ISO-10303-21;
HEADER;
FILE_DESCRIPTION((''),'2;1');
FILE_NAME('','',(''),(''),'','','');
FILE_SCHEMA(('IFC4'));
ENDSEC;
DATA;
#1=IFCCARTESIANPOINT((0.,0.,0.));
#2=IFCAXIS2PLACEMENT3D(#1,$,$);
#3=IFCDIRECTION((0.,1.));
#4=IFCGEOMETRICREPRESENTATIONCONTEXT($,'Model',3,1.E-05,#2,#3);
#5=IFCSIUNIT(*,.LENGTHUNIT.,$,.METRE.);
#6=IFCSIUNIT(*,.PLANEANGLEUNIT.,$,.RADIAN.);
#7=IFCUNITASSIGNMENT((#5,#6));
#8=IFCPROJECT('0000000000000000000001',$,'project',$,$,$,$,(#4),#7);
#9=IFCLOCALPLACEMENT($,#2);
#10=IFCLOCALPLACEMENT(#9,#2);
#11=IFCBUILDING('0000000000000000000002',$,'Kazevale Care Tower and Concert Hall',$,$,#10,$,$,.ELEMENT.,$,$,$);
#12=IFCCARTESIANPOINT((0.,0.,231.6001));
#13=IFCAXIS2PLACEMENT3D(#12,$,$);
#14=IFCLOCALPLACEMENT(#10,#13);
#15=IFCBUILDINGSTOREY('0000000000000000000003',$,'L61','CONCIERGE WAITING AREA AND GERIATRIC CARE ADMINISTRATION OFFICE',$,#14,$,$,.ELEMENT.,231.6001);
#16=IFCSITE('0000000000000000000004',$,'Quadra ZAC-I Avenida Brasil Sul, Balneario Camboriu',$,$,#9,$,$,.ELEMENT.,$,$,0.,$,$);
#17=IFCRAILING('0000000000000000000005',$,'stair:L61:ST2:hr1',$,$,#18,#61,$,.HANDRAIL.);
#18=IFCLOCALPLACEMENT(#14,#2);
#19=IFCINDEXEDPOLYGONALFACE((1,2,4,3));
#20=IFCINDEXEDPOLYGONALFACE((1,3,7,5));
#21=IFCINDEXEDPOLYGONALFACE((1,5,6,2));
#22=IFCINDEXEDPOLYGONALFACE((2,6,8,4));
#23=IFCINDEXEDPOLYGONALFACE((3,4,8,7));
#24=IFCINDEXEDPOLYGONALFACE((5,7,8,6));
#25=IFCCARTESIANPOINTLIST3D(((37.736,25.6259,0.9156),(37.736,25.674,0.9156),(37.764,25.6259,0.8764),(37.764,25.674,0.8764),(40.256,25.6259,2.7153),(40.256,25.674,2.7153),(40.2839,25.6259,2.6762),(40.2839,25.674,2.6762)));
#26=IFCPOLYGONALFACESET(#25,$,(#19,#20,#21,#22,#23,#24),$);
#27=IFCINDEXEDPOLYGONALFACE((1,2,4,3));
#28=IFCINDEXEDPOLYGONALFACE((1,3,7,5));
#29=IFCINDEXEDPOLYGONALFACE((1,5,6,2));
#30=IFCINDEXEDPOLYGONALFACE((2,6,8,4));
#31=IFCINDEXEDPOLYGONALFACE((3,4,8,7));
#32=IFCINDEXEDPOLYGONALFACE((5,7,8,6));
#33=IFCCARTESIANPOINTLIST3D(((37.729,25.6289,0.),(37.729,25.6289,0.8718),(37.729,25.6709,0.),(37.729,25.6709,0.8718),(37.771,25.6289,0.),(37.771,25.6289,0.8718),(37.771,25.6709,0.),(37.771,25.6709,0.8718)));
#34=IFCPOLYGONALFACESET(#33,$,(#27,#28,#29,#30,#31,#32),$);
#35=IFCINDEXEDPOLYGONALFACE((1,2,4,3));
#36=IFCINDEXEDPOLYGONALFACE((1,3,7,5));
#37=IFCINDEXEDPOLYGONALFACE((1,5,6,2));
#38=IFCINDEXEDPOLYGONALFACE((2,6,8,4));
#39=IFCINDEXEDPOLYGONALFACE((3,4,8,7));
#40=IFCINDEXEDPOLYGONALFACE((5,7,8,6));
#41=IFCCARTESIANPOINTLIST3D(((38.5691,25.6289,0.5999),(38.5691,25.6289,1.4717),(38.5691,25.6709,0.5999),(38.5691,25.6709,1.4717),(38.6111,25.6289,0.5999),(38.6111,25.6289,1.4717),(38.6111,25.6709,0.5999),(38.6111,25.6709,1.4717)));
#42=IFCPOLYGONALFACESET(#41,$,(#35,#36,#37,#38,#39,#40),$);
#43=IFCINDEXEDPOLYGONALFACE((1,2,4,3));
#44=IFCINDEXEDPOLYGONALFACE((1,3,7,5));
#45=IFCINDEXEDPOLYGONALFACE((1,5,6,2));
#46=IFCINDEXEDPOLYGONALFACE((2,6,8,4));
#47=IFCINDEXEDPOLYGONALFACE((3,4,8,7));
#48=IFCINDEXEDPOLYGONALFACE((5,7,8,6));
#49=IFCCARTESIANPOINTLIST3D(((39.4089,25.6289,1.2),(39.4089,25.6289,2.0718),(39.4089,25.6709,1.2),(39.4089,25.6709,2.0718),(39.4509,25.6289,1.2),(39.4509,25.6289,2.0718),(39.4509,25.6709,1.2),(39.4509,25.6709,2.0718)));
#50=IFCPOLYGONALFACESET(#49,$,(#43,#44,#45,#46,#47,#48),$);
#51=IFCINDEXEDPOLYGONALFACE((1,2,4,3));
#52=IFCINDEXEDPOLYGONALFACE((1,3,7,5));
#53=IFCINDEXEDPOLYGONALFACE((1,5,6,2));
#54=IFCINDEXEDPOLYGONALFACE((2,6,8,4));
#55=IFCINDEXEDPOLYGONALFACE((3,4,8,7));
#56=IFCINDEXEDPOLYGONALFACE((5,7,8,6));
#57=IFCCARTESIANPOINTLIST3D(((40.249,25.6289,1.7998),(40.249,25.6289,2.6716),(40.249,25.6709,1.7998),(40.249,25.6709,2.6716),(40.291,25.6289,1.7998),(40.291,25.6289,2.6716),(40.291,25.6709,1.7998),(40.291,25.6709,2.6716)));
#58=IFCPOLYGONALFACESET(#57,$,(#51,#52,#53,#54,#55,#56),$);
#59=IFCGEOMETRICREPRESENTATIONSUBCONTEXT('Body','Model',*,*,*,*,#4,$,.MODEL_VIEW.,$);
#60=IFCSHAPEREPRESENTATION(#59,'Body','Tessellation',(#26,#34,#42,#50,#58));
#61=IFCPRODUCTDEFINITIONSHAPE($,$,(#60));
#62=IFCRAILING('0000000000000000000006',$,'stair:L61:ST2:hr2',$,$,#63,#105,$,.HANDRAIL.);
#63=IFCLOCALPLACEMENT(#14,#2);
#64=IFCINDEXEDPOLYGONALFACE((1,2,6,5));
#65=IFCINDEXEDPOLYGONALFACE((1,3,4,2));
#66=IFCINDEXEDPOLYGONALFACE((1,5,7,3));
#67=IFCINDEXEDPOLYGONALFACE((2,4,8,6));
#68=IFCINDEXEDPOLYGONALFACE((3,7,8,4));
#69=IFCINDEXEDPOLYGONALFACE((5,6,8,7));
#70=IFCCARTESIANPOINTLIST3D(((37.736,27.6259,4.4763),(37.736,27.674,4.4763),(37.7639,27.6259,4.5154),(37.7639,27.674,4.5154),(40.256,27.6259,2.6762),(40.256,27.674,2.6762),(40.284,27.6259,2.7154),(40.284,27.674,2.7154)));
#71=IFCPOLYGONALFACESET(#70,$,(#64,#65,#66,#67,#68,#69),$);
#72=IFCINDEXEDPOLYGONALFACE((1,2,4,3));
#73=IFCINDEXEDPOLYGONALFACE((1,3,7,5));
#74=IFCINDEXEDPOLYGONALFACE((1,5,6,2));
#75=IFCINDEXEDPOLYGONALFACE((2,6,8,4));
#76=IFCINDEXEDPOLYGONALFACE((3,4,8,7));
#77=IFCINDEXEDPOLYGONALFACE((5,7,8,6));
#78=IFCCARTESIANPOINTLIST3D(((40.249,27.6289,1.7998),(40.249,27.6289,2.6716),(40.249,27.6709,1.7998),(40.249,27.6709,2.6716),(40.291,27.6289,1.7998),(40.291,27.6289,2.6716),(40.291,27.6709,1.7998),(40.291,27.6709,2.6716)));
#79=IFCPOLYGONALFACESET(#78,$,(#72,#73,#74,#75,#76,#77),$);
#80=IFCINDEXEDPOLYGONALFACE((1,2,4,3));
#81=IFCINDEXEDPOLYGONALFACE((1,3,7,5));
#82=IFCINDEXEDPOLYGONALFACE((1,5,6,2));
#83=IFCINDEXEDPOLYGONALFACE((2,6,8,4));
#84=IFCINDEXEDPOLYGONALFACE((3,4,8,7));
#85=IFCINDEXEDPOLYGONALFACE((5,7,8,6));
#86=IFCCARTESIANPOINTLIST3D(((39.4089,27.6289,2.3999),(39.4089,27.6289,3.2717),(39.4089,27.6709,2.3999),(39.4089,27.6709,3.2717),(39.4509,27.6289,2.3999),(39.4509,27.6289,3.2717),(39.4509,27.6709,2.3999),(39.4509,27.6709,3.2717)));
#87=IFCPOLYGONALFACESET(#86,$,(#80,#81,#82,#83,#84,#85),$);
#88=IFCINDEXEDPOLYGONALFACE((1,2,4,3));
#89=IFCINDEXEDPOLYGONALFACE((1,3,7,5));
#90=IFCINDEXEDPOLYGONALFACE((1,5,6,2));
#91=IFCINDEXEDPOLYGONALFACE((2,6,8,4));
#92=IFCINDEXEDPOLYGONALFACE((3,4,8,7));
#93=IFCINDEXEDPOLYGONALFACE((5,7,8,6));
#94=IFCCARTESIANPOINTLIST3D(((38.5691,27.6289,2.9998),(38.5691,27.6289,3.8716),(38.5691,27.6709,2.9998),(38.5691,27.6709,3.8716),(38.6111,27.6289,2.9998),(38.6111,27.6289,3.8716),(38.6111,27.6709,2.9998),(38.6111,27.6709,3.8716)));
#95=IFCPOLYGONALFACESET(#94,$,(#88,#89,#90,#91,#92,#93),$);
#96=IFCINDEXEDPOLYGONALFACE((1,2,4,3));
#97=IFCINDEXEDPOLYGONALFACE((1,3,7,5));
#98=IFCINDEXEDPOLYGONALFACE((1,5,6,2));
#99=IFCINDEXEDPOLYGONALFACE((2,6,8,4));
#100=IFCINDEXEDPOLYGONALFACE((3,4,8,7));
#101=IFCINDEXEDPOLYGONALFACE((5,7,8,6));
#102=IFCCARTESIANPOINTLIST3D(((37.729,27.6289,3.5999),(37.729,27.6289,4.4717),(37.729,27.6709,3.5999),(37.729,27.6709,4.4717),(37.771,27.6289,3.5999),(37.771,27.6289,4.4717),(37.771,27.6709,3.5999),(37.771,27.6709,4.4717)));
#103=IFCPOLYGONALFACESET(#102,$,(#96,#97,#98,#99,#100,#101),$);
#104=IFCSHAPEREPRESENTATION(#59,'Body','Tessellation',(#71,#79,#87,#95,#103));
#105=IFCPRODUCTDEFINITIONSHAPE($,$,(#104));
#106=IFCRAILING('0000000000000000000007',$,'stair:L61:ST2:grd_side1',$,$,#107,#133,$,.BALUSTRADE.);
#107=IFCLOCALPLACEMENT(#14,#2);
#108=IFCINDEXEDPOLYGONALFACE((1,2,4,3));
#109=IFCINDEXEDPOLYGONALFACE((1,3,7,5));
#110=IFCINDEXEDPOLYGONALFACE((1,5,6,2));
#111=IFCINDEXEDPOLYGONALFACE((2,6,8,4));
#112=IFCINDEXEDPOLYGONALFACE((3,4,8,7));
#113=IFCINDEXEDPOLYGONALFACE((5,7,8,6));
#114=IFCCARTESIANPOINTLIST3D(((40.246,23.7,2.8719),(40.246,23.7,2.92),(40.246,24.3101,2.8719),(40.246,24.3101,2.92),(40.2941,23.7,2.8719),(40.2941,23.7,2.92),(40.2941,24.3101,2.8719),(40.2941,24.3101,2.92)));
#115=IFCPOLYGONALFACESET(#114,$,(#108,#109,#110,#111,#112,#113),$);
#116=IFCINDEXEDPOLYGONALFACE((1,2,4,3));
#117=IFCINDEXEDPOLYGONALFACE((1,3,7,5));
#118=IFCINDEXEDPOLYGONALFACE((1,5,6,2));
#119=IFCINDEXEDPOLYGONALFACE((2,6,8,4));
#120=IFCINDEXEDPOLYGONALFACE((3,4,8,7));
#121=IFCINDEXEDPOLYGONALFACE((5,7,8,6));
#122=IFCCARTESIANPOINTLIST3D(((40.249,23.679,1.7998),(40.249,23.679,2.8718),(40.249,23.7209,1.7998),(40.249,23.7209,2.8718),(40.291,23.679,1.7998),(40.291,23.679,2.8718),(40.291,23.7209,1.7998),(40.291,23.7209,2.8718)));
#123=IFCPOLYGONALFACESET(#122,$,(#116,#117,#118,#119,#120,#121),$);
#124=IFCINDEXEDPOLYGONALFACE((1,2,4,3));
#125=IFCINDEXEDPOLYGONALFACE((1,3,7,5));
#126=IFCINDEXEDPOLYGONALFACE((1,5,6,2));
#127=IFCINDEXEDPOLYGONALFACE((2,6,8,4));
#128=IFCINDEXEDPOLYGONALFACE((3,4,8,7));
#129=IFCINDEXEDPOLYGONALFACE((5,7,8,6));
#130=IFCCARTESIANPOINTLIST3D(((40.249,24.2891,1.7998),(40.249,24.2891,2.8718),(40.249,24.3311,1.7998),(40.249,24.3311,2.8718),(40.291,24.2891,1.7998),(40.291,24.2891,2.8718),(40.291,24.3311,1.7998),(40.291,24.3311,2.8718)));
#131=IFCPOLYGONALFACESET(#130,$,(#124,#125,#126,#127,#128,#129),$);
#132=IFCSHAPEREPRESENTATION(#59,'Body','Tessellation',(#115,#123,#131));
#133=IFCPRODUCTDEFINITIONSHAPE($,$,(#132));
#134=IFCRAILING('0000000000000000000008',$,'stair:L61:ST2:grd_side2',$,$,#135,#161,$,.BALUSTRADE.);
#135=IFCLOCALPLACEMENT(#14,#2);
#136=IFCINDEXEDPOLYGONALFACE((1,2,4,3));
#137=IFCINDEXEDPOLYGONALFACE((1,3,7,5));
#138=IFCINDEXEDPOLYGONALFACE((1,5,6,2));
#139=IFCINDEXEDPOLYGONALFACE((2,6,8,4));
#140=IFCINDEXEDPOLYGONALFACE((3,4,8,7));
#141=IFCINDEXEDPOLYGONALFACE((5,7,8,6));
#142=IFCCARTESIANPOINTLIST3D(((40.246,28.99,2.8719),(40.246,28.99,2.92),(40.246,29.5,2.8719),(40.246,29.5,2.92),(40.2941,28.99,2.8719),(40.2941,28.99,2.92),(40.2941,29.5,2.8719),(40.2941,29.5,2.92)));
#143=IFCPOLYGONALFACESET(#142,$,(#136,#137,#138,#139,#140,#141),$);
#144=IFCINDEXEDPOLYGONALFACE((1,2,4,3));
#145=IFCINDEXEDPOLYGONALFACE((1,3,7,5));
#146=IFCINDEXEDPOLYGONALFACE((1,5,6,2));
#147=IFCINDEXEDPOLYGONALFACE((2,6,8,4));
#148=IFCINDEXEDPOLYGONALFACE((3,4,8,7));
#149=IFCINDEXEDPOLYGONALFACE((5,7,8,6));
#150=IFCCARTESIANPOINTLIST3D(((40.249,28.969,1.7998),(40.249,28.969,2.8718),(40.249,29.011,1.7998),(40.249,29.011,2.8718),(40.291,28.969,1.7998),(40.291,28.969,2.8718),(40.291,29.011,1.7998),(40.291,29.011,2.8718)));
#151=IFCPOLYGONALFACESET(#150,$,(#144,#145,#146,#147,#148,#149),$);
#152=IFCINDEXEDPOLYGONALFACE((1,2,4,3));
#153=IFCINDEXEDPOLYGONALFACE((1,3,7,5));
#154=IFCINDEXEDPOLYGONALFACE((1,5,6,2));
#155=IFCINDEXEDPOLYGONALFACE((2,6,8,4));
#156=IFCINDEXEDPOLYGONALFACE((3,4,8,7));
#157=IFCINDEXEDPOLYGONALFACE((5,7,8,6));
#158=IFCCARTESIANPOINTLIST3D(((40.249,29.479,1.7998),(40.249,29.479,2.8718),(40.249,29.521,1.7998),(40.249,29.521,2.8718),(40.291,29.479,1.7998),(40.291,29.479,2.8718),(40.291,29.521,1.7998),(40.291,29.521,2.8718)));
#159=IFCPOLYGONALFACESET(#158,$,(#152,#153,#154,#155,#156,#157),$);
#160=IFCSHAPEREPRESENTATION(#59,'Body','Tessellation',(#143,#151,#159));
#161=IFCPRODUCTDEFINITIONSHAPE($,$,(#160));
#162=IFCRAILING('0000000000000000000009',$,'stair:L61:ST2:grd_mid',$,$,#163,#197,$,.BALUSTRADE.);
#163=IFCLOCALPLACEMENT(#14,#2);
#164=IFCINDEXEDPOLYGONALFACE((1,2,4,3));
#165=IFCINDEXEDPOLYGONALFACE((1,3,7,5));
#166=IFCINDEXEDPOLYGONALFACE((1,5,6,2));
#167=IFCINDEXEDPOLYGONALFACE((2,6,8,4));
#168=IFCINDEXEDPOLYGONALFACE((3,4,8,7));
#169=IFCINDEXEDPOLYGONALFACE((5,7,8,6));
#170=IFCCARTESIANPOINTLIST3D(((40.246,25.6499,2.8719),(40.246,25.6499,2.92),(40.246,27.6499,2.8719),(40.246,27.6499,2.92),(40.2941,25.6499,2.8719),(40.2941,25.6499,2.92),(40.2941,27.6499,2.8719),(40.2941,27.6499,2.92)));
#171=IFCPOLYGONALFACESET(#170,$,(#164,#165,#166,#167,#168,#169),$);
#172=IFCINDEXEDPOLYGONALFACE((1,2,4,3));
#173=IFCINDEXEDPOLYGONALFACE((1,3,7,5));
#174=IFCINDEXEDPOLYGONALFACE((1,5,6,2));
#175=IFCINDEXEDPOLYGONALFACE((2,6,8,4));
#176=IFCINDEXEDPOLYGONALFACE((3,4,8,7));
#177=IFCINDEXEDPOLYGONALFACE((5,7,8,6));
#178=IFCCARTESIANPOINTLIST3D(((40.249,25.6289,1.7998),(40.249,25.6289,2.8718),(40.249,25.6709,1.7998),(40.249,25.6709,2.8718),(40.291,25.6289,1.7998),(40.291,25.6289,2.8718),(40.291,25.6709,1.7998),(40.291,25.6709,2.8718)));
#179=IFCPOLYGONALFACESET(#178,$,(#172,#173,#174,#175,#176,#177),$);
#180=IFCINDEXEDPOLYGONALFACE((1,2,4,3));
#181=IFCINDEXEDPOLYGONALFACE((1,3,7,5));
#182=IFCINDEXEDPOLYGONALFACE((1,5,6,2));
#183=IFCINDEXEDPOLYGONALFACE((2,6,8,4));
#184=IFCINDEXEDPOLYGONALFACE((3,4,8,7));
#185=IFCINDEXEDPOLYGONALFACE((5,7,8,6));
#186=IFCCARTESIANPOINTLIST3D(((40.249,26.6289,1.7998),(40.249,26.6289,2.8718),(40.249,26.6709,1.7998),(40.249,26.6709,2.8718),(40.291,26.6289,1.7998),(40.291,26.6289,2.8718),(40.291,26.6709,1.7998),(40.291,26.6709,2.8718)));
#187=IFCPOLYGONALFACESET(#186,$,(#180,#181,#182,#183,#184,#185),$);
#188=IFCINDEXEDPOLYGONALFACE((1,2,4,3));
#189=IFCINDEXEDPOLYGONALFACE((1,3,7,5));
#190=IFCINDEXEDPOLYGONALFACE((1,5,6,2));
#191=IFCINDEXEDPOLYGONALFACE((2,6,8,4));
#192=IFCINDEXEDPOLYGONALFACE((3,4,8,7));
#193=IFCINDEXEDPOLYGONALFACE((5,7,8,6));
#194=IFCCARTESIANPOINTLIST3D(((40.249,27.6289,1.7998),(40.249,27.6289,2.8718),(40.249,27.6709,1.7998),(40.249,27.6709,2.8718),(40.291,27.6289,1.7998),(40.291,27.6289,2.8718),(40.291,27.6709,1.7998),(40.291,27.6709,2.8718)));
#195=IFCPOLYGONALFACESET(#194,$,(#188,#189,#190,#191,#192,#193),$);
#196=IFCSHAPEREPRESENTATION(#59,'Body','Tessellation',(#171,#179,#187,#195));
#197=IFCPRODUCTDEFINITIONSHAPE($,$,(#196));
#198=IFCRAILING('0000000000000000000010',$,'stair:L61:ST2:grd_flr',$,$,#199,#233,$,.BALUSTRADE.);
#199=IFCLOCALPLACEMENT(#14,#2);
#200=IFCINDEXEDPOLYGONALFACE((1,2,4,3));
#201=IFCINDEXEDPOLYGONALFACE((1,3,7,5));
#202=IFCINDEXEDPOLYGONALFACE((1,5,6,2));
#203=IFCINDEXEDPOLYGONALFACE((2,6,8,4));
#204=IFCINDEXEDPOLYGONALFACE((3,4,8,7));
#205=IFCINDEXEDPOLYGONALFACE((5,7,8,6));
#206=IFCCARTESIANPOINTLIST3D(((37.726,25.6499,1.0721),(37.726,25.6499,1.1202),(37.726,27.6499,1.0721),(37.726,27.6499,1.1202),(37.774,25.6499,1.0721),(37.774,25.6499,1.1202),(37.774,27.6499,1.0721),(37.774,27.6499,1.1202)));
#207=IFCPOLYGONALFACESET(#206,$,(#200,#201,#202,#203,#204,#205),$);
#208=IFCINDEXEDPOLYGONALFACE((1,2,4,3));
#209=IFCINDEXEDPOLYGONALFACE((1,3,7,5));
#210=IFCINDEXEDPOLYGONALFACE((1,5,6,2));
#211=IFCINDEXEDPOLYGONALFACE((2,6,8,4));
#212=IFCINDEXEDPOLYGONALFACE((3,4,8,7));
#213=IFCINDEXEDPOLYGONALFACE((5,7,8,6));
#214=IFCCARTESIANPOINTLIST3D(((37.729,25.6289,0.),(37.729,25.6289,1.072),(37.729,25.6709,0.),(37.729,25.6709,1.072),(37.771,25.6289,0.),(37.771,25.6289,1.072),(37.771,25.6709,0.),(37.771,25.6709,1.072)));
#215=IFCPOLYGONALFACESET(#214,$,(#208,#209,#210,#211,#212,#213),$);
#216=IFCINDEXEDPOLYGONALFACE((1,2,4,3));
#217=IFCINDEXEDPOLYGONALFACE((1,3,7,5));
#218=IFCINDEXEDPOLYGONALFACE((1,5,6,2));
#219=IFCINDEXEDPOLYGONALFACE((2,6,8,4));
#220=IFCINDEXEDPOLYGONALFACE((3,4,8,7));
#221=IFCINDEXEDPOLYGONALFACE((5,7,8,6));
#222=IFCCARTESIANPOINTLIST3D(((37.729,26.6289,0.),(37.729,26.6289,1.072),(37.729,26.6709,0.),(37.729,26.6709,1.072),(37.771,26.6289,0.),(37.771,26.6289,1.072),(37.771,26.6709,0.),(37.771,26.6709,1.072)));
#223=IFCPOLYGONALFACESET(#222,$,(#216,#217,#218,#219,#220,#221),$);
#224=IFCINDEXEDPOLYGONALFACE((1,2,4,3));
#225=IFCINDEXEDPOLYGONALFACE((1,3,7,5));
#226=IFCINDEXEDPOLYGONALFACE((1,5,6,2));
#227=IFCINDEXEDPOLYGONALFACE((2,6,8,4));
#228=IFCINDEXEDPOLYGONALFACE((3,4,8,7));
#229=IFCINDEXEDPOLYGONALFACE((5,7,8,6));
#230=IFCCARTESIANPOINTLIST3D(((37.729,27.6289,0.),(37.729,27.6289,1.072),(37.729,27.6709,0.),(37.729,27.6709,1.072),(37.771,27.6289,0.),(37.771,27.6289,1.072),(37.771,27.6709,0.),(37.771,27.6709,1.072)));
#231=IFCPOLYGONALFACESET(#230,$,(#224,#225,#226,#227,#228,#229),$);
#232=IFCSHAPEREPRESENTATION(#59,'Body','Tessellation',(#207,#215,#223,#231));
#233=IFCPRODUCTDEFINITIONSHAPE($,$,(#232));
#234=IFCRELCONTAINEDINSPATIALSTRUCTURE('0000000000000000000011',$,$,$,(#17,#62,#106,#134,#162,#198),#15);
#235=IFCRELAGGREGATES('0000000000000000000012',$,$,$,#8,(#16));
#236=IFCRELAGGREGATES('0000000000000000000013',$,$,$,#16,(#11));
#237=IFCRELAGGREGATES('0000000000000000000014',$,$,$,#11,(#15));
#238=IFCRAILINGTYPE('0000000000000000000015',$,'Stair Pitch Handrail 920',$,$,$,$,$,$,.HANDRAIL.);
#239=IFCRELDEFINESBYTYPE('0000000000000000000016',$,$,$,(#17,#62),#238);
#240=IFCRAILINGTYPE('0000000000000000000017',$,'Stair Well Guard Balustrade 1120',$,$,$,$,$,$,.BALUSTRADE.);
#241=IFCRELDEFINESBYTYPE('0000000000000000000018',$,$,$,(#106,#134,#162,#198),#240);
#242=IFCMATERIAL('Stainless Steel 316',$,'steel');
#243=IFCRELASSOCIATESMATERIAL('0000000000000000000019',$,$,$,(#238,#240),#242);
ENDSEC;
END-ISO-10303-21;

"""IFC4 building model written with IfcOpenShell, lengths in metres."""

from ifc_helpers import new_model, si_unit, direction, frame, origin, origin_2d, place, context, subcontext, project, spatial, rectangle, extrude, material, type_object, element, save


model = new_model("IFC4")

# Units and contexts
model_context = context("Model", 3, precision=1e-05, world=origin(), true_north=direction((0.0, 1.0)))
body_context = subcontext(model_context, "Body", "Model", "MODEL_VIEW")
ifc_project = project(units=[si_unit("LENGTHUNIT", "METRE"), si_unit("PLANEANGLEUNIT", "RADIAN")], contexts=[model_context])

# Site, building, storey
site_placement = place(None, origin())
site = spatial("IfcSite", under=ifc_project, at=site_placement, Name="Quadra ZAC-I Avenida Brasil Sul, Balneario Camboriu", CompositionType="ELEMENT", RefElevation=0.0)
building_placement = place(site_placement, origin())
building = spatial("IfcBuilding", under=site, at=building_placement, Name="Kazevale Care Tower and Concert Hall", CompositionType="ELEMENT")
storey_placement = place(building_placement, frame((0.0, 0.0, 231.6001)))
storey = spatial("IfcBuildingStorey", under=building, at=storey_placement, Name="L61", Description="CONCIERGE WAITING AREA AND GERIATRIC CARE ADMINISTRATION OFFICE", CompositionType="ELEMENT", Elevation=231.6001)

# Railings
ifc_material_1 = material(Name="Stainless Steel 316", Category="steel")
railing_type_1 = type_object("IfcRailingType", Name="Stair Pitch Handrail 920", PredefinedType="HANDRAIL", material=ifc_material_1)
railing_1_placement = place(storey_placement, frame((37.75, 25.6499, 0.0)))
element("IfcRailing", 1, at=railing_1_placement, inside=storey, type_object=railing_type_1, Name="stair:L61:ST2:hr1", PredefinedType="HANDRAIL", context=body_context, shape_type="SweptSolid", body=[
    extrude(rectangle(XDim=0.0481, YDim=0.0481, at=origin_2d()), frame((0.0, 0.0, 0.896), z_axis=(0.813765, 0.0, 0.581193), x_axis=(0.0, 1.0, 0.0)), (0.0, 0.0, 1.0), 3.0967),
    extrude(rectangle(XDim=0.042, YDim=0.042, at=origin_2d()), origin(), (0.0, 0.0, 1.0), 0.8718),
    extrude(rectangle(XDim=0.042, YDim=0.042, at=origin_2d()), frame((0.8401, 0.0, 0.5999)), (0.0, 0.0, 1.0), 0.8718),
    extrude(rectangle(XDim=0.042, YDim=0.042, at=origin_2d()), frame((1.6799, 0.0, 1.2)), (0.0, 0.0, 1.0), 0.8718),
    extrude(rectangle(XDim=0.042, YDim=0.042, at=origin_2d()), frame((2.52, 0.0, 1.7998)), (0.0, 0.0, 1.0), 0.8718),
])
railing_2_placement = place(storey_placement, frame((40.27, 27.6499, 1.7998)))
element("IfcRailing", 2, at=railing_2_placement, inside=storey, type_object=railing_type_1, Name="stair:L61:ST2:hr2", PredefinedType="HANDRAIL", context=body_context, shape_type="SweptSolid", body=[
    extrude(rectangle(XDim=0.0481, YDim=0.0481, at=origin_2d()), frame((0.0, 0.0, 0.896), z_axis=(-0.813728, 0.0, 0.581246), x_axis=(0.0, -1.0, 0.0)), (0.0, 0.0, 1.0), 3.0969),
    extrude(rectangle(XDim=0.042, YDim=0.042, at=origin_2d()), origin(), (0.0, 0.0, 1.0), 0.8718),
    extrude(rectangle(XDim=0.042, YDim=0.042, at=origin_2d()), frame((-0.8401, 0.0, 0.6001)), (0.0, 0.0, 1.0), 0.8718),
    extrude(rectangle(XDim=0.042, YDim=0.042, at=origin_2d()), frame((-1.6799, 0.0, 1.2)), (0.0, 0.0, 1.0), 0.8718),
    extrude(rectangle(XDim=0.042, YDim=0.042, at=origin_2d()), frame((-2.52, 0.0, 1.8)), (0.0, 0.0, 1.0), 0.8718),
])
railing_type_2 = type_object("IfcRailingType", Name="Stair Well Guard Balustrade 1120", PredefinedType="BALUSTRADE", material=ifc_material_1)
railing_3_placement = place(storey_placement, frame((40.27, 23.7, 1.7998)))
element("IfcRailing", 3, at=railing_3_placement, inside=storey, type_object=railing_type_2, Name="stair:L61:ST2:grd_side1", PredefinedType="BALUSTRADE", context=body_context, shape_type="SweptSolid", body=[
    extrude(rectangle(XDim=0.0481, YDim=0.0481, at=origin_2d()), frame((0.0, 0.0, 1.0962), z_axis=(0.0, 1.0, 0.0), x_axis=(-1.0, 0.0, 0.0)), (0.0, 0.0, 1.0), 0.6101),
    extrude(rectangle(XDim=0.042, YDim=0.042, at=origin_2d()), origin(), (0.0, 0.0, 1.0), 1.072),
    extrude(rectangle(XDim=0.042, YDim=0.042, at=origin_2d()), frame((0.0, 0.6101, 0.0)), (0.0, 0.0, 1.0), 1.072),
])
railing_4_placement = place(storey_placement, frame((40.27, 28.99, 1.7998)))
element("IfcRailing", 4, at=railing_4_placement, inside=storey, type_object=railing_type_2, Name="stair:L61:ST2:grd_side2", PredefinedType="BALUSTRADE", context=body_context, shape_type="SweptSolid", body=[
    extrude(rectangle(XDim=0.0481, YDim=0.0481, at=origin_2d()), frame((0.0, 0.0, 1.0962), z_axis=(0.0, 1.0, 0.0), x_axis=(-1.0, 0.0, 0.0)), (0.0, 0.0, 1.0), 0.51),
    extrude(rectangle(XDim=0.042, YDim=0.042, at=origin_2d()), origin(), (0.0, 0.0, 1.0), 1.072),
    extrude(rectangle(XDim=0.042, YDim=0.042, at=origin_2d()), frame((0.0, 0.51, 0.0)), (0.0, 0.0, 1.0), 1.072),
])
for number, where, name in (
    (5, (40.27, 25.6499, 1.7998), "stair:L61:ST2:grd_mid"),
    (6, (37.75, 25.6499, 0.0), "stair:L61:ST2:grd_flr"),
):
    element("IfcRailing", number, at=place(storey_placement, frame(where)), inside=storey, type_object=railing_type_2, Name=name, PredefinedType="BALUSTRADE", context=body_context, shape_type="SweptSolid", body=[
        extrude(rectangle(XDim=0.0481, YDim=0.0481, at=origin_2d()), frame((0.0, 0.0, 1.0962), z_axis=(0.0, 1.0, 0.0), x_axis=(-1.0, 0.0, 0.0)), (0.0, 0.0, 1.0), 2.0),
        extrude(rectangle(XDim=0.042, YDim=0.042, at=origin_2d()), origin(), (0.0, 0.0, 1.0), 1.072),
        extrude(rectangle(XDim=0.042, YDim=0.042, at=origin_2d()), frame((0.0, 1.0, 0.0)), (0.0, 0.0, 1.0), 1.072),
        extrude(rectangle(XDim=0.042, YDim=0.042, at=origin_2d()), frame((0.0, 2.0, 0.0)), (0.0, 0.0, 1.0), 1.072),
    ])

save(model, "model.ifc")
